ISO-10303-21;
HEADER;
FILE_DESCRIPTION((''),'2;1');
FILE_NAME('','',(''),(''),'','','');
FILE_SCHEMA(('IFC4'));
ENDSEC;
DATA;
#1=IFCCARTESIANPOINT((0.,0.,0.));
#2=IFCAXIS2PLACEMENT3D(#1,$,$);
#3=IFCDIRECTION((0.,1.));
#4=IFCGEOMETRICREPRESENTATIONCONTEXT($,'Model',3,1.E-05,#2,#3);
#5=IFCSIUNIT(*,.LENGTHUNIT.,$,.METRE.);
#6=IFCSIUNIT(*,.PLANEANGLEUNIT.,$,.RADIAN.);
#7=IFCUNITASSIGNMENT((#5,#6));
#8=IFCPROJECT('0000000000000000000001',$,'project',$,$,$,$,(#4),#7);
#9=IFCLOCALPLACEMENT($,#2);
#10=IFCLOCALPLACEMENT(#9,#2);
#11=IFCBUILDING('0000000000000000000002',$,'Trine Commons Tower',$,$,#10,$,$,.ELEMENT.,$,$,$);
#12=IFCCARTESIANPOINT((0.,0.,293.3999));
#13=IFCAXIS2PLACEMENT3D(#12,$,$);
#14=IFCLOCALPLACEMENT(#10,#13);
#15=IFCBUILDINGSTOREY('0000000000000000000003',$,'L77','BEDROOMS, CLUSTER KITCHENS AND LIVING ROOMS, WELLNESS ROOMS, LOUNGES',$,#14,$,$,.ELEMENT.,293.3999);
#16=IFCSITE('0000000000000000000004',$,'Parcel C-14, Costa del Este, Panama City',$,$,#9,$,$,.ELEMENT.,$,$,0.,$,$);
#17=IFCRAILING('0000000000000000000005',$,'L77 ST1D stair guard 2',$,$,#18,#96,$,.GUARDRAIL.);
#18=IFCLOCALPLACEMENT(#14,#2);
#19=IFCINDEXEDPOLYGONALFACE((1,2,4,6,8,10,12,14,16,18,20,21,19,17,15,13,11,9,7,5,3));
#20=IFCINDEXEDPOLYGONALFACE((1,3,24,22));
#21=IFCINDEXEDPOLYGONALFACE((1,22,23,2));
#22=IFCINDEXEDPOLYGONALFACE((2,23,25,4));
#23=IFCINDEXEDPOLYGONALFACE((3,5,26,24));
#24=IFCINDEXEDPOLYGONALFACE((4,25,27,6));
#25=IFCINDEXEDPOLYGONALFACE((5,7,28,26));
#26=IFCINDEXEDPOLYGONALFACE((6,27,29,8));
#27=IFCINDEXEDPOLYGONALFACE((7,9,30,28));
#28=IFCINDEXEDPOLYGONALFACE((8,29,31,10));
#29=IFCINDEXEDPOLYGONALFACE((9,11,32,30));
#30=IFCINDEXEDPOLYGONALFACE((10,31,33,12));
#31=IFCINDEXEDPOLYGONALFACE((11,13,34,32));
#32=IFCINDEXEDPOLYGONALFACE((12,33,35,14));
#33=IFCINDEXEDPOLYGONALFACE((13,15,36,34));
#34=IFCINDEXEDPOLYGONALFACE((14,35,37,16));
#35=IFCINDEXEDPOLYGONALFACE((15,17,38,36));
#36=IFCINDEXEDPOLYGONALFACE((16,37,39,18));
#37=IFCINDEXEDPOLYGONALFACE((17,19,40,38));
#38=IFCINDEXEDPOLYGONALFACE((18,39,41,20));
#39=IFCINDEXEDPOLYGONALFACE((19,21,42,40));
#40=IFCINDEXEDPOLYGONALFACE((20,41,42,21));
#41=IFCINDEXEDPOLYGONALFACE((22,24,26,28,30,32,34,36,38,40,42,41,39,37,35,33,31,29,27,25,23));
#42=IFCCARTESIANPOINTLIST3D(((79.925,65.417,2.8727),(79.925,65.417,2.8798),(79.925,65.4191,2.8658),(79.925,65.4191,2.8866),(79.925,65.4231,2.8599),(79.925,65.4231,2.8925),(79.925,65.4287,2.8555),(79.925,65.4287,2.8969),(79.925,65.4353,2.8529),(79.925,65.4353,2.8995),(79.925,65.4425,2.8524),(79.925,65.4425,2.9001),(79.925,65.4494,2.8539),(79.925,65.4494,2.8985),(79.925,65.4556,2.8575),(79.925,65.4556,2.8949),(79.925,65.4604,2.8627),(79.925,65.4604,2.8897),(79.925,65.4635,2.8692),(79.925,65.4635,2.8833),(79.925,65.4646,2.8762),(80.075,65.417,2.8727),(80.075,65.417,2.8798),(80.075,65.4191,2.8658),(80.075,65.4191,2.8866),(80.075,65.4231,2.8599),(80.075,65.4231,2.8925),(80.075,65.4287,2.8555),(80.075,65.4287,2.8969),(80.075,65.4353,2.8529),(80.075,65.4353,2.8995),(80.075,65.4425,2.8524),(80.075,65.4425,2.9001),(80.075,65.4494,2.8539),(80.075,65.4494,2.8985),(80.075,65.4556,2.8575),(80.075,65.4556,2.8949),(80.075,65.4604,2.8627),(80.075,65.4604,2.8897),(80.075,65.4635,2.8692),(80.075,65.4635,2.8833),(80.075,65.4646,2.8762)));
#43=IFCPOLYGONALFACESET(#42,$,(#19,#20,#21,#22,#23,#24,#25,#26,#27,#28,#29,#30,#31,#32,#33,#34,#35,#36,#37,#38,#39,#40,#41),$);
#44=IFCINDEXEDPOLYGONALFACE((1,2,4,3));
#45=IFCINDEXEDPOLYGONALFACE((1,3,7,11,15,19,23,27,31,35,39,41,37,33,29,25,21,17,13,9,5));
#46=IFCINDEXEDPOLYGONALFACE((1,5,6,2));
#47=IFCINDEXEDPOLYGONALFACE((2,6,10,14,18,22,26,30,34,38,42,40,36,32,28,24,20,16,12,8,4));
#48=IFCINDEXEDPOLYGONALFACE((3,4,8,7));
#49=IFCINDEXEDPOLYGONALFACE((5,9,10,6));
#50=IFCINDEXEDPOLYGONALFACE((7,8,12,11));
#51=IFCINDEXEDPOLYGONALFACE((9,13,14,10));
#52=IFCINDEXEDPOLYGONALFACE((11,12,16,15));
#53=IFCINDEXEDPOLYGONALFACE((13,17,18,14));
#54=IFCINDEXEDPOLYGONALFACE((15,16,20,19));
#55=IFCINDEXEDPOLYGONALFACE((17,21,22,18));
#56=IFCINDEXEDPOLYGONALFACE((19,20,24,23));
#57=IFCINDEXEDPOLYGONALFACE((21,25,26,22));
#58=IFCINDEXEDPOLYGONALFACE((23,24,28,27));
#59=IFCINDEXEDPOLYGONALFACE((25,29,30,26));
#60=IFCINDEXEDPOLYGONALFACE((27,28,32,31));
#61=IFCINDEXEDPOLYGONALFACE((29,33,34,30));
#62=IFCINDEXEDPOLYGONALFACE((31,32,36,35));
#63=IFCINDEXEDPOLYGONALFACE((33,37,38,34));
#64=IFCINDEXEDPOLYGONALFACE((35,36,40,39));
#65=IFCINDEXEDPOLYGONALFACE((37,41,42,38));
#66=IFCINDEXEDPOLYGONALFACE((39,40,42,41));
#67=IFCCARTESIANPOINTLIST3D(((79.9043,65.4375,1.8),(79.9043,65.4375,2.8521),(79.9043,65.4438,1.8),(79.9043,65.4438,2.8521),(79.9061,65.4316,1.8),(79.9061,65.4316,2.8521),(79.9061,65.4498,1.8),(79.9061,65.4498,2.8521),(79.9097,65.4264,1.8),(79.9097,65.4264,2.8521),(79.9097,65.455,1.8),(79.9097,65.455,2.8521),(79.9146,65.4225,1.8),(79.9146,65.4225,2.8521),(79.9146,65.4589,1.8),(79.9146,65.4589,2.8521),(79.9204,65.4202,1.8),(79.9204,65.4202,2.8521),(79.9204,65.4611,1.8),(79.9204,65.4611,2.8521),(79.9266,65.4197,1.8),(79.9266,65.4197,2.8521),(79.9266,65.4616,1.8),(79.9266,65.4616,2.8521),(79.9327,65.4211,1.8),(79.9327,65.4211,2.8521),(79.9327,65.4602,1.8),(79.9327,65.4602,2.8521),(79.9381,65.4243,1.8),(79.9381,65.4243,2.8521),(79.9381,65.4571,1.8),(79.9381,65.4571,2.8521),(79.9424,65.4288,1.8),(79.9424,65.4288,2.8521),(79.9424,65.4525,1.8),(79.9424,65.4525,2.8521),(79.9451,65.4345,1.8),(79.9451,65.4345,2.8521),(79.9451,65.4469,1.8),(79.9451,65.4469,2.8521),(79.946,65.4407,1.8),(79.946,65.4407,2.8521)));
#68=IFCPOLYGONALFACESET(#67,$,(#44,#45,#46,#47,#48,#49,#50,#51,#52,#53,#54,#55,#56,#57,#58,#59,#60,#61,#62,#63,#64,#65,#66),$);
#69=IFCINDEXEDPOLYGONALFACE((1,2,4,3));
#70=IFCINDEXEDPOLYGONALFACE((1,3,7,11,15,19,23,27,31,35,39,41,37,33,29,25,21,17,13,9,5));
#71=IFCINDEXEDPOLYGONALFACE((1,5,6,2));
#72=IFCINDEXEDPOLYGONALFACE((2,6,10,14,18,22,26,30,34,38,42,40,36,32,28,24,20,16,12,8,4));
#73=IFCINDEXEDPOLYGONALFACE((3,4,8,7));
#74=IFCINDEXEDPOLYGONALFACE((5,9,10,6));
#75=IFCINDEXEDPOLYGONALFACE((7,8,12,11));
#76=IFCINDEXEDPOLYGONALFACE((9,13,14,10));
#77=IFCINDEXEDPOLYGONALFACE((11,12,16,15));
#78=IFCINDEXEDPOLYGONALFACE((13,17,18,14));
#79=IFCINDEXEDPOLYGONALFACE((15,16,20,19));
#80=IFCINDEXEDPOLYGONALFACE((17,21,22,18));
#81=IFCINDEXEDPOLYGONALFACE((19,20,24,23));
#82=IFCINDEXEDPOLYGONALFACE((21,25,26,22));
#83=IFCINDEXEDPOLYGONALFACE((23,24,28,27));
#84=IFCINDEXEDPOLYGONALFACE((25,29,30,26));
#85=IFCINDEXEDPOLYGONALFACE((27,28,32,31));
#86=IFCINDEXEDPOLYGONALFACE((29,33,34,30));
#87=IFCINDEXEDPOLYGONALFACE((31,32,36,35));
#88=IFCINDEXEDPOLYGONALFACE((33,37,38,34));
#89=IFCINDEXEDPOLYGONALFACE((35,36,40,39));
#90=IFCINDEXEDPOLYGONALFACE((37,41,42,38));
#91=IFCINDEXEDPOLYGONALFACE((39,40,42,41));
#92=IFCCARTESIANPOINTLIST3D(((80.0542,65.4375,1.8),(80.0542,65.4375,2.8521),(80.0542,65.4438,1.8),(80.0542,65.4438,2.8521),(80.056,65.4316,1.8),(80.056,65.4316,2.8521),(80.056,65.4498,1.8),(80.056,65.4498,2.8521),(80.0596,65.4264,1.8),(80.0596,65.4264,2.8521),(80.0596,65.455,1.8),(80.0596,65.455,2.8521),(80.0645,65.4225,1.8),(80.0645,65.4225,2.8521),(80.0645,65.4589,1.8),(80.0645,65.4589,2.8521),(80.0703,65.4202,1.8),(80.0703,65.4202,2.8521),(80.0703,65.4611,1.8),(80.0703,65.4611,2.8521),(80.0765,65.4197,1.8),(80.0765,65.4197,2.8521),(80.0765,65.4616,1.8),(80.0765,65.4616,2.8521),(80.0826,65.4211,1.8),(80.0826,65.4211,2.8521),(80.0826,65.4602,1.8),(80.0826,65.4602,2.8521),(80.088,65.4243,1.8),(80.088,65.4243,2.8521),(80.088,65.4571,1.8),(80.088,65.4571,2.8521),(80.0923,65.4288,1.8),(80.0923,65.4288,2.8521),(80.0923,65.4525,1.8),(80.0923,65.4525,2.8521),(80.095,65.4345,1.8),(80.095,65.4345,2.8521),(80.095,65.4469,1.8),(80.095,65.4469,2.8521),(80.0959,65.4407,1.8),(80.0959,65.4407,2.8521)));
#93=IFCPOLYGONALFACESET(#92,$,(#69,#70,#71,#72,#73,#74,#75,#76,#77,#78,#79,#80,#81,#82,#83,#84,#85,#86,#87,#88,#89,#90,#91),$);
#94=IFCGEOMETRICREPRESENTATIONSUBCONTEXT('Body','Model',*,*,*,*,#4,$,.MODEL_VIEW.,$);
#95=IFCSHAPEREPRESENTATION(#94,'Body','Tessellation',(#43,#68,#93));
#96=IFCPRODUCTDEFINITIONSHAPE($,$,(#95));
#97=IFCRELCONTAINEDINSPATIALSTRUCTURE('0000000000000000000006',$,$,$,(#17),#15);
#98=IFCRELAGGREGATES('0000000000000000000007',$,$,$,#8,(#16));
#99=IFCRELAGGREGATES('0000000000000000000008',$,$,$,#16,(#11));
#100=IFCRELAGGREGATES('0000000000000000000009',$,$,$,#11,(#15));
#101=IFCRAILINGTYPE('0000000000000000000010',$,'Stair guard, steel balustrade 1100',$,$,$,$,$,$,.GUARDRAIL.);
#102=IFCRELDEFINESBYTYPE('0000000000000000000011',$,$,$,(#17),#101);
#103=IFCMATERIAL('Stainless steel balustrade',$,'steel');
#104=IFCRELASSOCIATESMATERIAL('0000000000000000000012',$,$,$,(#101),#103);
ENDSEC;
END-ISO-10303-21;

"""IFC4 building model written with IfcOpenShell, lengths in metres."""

from ifc_helpers import new_model, si_unit, direction, frame, origin, origin_2d, place, context, subcontext, project, spatial, circle, extrude, material, type_object, element, save


model = new_model("IFC4")

# Units and contexts
model_context = context("Model", 3, precision=1e-05, world=origin(), true_north=direction((0.0, 1.0)))
body_context = subcontext(model_context, "Body", "Model", "MODEL_VIEW")
ifc_project = project(units=[si_unit("LENGTHUNIT", "METRE"), si_unit("PLANEANGLEUNIT", "RADIAN")], contexts=[model_context])

# Site, building, storey
site_placement = place(None, origin())
site = spatial("IfcSite", under=ifc_project, at=site_placement, Name="Parcel C-14, Costa del Este, Panama City", CompositionType="ELEMENT", RefElevation=0.0)
building_placement = place(site_placement, origin())
building = spatial("IfcBuilding", under=site, at=building_placement, Name="Trine Commons Tower", CompositionType="ELEMENT")
storey_placement = place(building_placement, frame((0.0, 0.0, 293.3999)))
storey = spatial("IfcBuildingStorey", under=building, at=storey_placement, Name="L77", Description="BEDROOMS, CLUSTER KITCHENS AND LIVING ROOMS, WELLNESS ROOMS, LOUNGES", CompositionType="ELEMENT", Elevation=293.3999)

# Railing
ifc_material_1 = material(Name="Stainless steel balustrade", Category="steel")
railing_type_1 = type_object("IfcRailingType", Name="Stair guard, steel balustrade 1100", PredefinedType="GUARDRAIL", material=ifc_material_1)
railing_1_placement = place(storey_placement, frame((79.925, 65.4407, 1.8)))
element("IfcRailing", 1, at=railing_1_placement, inside=storey, type_object=railing_type_1, Name="L77 ST1D stair guard 2", PredefinedType="GUARDRAIL", context=body_context, shape_type="SweptSolid", body=[
    extrude(circle(Radius=0.0239, at=origin_2d()), frame((0.0, 0.0, 1.0762), z_axis=(1.0, 0.0, 0.0), x_axis=(0.0, 1.0, 0.0)), (0.0, 0.0, 1.0), 0.1499),
    extrude(circle(Radius=0.021, at=origin_2d()), origin(), (0.0, 0.0, 1.0), 1.052),
    extrude(circle(Radius=0.021, at=origin_2d()), frame((0.1499, 0.0, 0.0)), (0.0, 0.0, 1.0), 1.052),
])

save(model, "model.ifc")
